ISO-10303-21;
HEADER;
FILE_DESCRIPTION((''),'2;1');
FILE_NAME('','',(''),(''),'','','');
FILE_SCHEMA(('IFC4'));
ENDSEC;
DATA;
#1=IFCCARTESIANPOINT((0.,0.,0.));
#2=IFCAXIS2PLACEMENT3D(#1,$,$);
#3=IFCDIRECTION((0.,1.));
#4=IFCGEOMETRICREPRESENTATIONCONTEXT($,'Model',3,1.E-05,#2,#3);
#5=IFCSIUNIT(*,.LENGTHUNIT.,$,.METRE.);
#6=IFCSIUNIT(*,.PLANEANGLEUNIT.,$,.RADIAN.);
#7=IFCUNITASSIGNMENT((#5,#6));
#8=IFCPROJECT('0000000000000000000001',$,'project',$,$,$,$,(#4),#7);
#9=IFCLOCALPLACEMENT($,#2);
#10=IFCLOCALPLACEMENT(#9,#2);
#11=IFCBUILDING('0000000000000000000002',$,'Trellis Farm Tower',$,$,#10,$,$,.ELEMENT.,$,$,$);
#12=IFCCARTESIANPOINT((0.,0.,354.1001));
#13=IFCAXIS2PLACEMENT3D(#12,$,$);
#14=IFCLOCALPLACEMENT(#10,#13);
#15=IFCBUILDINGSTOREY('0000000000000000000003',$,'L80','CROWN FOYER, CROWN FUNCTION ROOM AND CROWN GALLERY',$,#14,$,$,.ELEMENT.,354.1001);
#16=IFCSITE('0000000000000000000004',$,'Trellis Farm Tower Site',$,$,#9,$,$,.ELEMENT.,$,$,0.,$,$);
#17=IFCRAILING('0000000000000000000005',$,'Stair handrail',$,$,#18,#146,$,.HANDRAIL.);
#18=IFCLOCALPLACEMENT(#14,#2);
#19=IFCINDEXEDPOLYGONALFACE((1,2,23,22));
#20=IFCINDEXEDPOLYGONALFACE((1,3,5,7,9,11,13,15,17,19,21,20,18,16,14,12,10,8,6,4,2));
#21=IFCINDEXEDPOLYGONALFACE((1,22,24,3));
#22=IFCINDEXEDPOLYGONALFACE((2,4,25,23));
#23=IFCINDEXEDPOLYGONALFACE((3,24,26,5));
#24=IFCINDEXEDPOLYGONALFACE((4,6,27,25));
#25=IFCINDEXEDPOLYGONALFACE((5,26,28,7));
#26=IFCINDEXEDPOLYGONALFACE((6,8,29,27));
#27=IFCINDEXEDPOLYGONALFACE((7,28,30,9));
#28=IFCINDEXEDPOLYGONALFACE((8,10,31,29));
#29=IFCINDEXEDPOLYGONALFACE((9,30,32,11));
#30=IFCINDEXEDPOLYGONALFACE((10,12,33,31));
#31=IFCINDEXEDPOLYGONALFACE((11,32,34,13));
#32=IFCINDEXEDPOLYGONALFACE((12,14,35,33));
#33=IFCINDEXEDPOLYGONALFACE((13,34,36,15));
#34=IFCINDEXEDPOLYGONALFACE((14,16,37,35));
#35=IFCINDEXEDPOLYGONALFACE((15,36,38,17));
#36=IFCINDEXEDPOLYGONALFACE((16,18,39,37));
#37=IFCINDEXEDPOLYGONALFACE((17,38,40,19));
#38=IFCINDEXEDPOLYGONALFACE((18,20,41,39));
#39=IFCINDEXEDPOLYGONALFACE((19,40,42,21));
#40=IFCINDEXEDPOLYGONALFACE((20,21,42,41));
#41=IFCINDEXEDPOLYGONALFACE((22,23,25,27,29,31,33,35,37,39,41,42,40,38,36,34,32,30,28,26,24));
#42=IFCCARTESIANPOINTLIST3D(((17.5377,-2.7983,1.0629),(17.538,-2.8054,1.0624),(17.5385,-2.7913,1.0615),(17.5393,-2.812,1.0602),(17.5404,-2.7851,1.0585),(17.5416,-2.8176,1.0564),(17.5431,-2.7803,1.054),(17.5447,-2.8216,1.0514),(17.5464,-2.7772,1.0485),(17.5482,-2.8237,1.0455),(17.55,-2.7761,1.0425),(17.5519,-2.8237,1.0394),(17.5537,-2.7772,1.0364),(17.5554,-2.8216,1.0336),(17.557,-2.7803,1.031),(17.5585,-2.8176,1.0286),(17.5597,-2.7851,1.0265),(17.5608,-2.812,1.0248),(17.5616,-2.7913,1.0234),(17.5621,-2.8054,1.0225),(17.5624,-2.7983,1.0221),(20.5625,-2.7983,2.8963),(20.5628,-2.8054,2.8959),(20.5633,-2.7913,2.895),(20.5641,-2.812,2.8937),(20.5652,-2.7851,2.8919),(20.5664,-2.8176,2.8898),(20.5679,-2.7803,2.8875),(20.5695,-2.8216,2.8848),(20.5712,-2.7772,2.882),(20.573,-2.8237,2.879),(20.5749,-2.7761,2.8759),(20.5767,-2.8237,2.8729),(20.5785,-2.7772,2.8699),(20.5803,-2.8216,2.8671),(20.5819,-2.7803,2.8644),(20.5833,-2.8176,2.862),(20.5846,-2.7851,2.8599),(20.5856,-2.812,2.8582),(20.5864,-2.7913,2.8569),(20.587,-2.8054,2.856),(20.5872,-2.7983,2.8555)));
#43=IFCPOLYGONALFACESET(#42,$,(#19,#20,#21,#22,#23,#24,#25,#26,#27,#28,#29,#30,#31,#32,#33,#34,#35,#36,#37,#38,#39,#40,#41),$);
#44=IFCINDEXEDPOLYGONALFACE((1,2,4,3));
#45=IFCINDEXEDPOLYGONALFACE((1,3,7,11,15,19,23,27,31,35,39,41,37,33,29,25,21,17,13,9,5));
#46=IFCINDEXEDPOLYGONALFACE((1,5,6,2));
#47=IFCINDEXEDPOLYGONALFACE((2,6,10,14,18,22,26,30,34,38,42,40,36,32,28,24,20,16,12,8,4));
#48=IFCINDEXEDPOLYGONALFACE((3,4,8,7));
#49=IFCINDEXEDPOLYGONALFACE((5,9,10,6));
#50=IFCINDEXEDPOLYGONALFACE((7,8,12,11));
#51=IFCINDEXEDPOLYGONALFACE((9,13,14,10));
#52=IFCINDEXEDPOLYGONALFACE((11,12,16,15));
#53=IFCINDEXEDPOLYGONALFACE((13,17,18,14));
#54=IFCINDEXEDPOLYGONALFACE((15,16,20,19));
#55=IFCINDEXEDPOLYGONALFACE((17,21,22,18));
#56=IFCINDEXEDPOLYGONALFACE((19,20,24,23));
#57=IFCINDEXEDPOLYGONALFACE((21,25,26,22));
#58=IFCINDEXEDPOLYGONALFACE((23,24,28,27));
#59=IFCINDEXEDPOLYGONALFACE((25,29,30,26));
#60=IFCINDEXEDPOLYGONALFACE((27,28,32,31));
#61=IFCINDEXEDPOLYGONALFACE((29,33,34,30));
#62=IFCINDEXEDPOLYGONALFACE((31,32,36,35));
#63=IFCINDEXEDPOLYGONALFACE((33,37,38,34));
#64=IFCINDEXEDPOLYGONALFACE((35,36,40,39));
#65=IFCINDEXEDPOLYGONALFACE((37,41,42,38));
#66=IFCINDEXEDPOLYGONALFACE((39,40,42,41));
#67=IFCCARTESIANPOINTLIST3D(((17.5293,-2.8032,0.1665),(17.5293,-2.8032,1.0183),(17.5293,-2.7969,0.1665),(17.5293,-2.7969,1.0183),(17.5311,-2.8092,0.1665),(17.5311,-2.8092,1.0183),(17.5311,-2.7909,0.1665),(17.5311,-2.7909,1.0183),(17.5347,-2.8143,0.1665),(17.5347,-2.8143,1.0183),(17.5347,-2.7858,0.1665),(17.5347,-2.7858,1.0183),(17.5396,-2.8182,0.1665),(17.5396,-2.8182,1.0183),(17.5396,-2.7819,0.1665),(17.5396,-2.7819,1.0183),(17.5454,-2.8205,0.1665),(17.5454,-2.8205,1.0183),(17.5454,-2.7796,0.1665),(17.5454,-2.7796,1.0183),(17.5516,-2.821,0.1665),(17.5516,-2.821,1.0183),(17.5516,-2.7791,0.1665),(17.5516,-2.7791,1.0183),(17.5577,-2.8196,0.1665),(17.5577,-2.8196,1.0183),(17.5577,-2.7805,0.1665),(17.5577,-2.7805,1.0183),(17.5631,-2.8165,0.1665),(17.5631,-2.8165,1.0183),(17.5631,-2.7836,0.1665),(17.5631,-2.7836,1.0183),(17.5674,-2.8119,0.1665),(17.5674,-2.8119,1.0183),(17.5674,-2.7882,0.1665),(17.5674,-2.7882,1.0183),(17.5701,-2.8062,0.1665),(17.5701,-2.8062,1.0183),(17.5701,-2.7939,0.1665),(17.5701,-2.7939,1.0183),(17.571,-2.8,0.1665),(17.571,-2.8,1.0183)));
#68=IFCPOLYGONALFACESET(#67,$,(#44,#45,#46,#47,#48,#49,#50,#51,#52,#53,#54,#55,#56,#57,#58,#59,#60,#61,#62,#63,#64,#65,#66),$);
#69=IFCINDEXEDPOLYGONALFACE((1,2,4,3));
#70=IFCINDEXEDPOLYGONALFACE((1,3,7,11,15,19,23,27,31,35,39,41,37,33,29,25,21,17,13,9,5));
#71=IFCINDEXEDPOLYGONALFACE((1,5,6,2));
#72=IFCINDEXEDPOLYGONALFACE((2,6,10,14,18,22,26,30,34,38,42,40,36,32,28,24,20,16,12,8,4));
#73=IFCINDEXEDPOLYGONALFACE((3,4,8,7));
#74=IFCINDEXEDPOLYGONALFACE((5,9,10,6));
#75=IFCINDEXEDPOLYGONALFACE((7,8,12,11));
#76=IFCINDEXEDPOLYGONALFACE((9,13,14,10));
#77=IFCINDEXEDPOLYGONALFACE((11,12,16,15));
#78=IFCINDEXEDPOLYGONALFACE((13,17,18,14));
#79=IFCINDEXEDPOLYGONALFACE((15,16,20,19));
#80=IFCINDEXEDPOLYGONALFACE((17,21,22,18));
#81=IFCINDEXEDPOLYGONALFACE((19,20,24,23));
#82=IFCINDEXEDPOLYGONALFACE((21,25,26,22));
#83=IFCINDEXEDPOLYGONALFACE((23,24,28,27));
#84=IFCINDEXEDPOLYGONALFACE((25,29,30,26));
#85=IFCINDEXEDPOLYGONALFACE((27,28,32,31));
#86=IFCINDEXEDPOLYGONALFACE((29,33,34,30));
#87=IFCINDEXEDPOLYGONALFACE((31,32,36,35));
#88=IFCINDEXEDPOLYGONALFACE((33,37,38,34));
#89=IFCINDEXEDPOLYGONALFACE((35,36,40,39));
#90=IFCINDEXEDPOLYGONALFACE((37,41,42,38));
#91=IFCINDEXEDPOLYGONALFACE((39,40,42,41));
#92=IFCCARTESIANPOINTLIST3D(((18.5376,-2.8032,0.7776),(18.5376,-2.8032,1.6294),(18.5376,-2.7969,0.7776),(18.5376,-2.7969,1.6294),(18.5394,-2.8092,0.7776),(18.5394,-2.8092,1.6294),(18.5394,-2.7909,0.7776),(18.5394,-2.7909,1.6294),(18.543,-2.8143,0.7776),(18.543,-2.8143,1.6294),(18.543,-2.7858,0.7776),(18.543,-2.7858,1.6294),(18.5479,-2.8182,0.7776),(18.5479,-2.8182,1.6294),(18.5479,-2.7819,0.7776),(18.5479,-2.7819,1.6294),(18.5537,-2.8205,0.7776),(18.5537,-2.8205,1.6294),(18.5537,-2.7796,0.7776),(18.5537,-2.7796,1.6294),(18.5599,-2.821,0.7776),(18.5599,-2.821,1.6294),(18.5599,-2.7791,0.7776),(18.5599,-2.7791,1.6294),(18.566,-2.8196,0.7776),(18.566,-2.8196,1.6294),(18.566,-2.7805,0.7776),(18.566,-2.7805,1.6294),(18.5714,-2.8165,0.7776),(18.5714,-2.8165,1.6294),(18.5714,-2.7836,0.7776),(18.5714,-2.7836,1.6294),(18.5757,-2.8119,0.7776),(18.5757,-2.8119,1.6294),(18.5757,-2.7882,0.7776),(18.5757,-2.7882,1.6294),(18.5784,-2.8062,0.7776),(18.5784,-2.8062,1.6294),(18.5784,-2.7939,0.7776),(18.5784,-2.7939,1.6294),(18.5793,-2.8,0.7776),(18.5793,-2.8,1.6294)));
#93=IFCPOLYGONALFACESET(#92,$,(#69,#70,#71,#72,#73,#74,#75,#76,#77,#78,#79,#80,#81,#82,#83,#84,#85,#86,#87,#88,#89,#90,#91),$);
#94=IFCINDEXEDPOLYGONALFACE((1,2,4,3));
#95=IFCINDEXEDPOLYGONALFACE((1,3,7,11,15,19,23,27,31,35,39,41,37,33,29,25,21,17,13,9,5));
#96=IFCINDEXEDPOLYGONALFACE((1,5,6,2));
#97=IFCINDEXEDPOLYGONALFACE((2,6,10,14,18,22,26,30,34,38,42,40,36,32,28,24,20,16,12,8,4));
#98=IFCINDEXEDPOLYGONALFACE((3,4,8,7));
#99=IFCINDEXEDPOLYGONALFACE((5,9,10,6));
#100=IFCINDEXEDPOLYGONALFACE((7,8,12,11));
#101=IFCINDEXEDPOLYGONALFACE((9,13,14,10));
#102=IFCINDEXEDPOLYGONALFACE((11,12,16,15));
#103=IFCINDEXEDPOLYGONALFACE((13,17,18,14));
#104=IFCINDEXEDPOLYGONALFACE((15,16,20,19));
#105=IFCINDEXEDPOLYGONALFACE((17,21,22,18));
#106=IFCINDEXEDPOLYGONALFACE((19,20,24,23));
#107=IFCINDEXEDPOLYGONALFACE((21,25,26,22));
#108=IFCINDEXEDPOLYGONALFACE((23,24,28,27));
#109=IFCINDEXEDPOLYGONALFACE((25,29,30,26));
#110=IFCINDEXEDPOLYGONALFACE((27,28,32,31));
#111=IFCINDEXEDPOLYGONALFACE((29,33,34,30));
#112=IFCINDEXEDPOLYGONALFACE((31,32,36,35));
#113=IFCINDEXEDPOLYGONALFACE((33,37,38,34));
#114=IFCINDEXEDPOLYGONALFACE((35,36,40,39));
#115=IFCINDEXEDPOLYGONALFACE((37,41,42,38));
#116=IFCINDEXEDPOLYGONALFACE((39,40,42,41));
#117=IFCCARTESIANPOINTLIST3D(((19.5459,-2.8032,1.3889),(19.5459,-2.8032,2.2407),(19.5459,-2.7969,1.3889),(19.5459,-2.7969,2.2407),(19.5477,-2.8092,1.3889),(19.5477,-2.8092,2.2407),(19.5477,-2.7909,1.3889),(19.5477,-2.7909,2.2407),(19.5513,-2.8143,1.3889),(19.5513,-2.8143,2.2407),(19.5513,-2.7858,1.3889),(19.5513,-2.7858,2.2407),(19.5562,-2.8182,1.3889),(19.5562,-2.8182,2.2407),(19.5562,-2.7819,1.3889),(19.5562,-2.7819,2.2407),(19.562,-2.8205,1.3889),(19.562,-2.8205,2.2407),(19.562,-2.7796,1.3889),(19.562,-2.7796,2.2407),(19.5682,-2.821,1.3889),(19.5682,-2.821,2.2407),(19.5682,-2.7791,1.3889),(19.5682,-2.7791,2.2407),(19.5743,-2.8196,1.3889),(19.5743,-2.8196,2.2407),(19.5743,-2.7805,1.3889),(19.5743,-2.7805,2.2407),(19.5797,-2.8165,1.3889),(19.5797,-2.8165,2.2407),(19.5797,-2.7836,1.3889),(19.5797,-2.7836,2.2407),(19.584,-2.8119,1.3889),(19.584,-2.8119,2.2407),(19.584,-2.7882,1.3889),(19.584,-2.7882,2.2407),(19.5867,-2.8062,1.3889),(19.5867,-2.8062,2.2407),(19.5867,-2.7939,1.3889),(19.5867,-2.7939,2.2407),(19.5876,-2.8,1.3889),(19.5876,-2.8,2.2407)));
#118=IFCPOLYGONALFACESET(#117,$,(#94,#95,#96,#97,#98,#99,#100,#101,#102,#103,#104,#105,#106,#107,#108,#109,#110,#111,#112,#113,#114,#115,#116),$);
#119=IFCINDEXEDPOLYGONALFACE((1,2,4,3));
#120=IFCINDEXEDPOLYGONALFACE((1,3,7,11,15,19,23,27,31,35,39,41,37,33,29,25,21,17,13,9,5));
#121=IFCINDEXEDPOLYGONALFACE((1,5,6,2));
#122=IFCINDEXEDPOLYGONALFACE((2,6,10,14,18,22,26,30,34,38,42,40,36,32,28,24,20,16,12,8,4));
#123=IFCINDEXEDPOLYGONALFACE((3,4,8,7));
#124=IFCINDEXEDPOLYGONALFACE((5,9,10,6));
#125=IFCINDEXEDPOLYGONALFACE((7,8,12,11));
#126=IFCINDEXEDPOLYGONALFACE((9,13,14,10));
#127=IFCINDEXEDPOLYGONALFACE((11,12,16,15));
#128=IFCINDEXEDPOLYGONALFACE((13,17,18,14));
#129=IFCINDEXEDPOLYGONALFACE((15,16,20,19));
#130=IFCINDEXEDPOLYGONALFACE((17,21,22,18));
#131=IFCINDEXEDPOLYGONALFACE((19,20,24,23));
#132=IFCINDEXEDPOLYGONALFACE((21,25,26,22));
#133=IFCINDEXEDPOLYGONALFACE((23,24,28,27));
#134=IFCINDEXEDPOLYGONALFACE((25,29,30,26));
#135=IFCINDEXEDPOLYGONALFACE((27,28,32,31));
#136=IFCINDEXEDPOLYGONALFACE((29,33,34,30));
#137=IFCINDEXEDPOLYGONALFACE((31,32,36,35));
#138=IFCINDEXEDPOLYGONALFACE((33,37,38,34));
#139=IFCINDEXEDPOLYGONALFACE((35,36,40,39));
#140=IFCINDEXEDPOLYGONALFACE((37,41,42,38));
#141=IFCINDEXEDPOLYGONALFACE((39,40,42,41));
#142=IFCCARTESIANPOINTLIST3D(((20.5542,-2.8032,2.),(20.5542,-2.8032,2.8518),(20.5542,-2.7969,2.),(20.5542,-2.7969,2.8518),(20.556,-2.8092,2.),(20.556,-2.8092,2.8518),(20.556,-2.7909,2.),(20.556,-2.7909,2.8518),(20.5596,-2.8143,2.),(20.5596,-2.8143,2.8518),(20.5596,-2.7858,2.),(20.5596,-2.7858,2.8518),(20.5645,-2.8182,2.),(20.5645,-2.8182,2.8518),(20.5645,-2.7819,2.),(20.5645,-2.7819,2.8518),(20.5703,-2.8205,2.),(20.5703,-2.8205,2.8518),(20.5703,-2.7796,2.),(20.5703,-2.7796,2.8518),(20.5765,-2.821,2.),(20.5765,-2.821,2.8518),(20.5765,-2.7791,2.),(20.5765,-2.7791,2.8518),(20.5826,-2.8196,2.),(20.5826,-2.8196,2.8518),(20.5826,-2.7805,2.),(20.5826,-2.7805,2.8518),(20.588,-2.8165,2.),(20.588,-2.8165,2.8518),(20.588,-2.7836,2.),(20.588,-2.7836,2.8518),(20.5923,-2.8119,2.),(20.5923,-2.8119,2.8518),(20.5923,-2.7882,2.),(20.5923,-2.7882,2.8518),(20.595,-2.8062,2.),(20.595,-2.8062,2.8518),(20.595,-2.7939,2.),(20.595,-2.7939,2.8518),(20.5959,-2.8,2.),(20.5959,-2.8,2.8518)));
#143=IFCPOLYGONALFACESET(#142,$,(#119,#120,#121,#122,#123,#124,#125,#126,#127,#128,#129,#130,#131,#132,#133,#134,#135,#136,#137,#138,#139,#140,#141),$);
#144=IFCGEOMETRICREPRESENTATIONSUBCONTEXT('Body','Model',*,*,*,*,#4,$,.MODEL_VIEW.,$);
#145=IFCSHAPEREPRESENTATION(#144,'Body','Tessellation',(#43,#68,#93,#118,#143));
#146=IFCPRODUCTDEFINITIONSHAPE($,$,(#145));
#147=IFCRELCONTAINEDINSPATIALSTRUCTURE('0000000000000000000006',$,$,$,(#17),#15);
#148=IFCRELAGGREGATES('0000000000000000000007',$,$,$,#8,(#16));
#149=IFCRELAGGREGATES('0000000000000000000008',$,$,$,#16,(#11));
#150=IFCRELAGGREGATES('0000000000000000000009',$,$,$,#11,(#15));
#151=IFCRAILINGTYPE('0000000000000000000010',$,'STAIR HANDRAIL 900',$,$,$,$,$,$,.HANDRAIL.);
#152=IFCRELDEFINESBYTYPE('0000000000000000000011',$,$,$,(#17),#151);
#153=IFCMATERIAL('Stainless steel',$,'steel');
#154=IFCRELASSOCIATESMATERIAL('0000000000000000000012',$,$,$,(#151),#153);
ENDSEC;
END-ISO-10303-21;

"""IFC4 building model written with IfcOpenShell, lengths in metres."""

from ifc_helpers import new_model, si_unit, direction, frame, origin, origin_2d, place, context, subcontext, project, spatial, circle, extrude, source, transform, mapped, material, type_object, element, save


model = new_model("IFC4")

# Units and contexts
model_context = context("Model", 3, precision=1e-05, world=origin(), true_north=direction((0.0, 1.0)))
body_context = subcontext(model_context, "Body", "Model", "MODEL_VIEW")
ifc_project = project(units=[si_unit("LENGTHUNIT", "METRE"), si_unit("PLANEANGLEUNIT", "RADIAN")], contexts=[model_context])

# Site, building, storey
site_placement = place(None, origin())
site = spatial("IfcSite", under=ifc_project, at=site_placement, Name="Trellis Farm Tower Site", CompositionType="ELEMENT", RefElevation=0.0)
building_placement = place(site_placement, origin())
building = spatial("IfcBuilding", under=site, at=building_placement, Name="Trellis Farm Tower", CompositionType="ELEMENT")
storey_placement = place(building_placement, frame((0.0, 0.0, 354.1001)))
storey = spatial("IfcBuildingStorey", under=building, at=storey_placement, Name="L80", Description="CROWN FOYER, CROWN FUNCTION ROOM AND CROWN GALLERY", CompositionType="ELEMENT", Elevation=354.1001)

# Railing
ifc_material_1 = material(Name="Stainless steel", Category="steel")
railing_type_1 = type_object("IfcRailingType", Name="STAIR HANDRAIL 900", PredefinedType="HANDRAIL", material=ifc_material_1)
shared_shape_1 = source(origin(), body_context, "Body", "SweptSolid", [
    extrude(circle(Radius=0.0239, at=origin_2d()), frame((0.0, 0.0, 0.876), z_axis=(0.85517, 0.0, 0.518348), x_axis=(0.0, 1.0, 0.0)), (0.0, 0.0, 1.0), 3.5371),
    extrude(circle(Radius=0.021, at=origin_2d()), origin(), (0.0, 0.0, 1.0), 0.8518),
    extrude(circle(Radius=0.021, at=origin_2d()), frame((1.0083, 0.0, 0.6111)), (0.0, 0.0, 1.0), 0.8518),
    extrude(circle(Radius=0.021, at=origin_2d()), frame((2.0166, 0.0, 1.2224)), (0.0, 0.0, 1.0), 0.8518),
    extrude(circle(Radius=0.021, at=origin_2d()), frame((3.0249, 0.0, 1.8335)), (0.0, 0.0, 1.0), 0.8518),
])
for number, where, name in (
    (1, (17.55, -2.8, 0.1665), "Stair handrail"),
):
    element("IfcRailing", number, at=place(storey_placement, frame(where)), inside=storey, type_object=railing_type_1, Name=name, PredefinedType="HANDRAIL", context=body_context, shape_type="MappedRepresentation", body=[
        mapped(shared_shape_1, transform((0.0, 0.0, 0.0))),
    ])

save(model, "model.ifc")
